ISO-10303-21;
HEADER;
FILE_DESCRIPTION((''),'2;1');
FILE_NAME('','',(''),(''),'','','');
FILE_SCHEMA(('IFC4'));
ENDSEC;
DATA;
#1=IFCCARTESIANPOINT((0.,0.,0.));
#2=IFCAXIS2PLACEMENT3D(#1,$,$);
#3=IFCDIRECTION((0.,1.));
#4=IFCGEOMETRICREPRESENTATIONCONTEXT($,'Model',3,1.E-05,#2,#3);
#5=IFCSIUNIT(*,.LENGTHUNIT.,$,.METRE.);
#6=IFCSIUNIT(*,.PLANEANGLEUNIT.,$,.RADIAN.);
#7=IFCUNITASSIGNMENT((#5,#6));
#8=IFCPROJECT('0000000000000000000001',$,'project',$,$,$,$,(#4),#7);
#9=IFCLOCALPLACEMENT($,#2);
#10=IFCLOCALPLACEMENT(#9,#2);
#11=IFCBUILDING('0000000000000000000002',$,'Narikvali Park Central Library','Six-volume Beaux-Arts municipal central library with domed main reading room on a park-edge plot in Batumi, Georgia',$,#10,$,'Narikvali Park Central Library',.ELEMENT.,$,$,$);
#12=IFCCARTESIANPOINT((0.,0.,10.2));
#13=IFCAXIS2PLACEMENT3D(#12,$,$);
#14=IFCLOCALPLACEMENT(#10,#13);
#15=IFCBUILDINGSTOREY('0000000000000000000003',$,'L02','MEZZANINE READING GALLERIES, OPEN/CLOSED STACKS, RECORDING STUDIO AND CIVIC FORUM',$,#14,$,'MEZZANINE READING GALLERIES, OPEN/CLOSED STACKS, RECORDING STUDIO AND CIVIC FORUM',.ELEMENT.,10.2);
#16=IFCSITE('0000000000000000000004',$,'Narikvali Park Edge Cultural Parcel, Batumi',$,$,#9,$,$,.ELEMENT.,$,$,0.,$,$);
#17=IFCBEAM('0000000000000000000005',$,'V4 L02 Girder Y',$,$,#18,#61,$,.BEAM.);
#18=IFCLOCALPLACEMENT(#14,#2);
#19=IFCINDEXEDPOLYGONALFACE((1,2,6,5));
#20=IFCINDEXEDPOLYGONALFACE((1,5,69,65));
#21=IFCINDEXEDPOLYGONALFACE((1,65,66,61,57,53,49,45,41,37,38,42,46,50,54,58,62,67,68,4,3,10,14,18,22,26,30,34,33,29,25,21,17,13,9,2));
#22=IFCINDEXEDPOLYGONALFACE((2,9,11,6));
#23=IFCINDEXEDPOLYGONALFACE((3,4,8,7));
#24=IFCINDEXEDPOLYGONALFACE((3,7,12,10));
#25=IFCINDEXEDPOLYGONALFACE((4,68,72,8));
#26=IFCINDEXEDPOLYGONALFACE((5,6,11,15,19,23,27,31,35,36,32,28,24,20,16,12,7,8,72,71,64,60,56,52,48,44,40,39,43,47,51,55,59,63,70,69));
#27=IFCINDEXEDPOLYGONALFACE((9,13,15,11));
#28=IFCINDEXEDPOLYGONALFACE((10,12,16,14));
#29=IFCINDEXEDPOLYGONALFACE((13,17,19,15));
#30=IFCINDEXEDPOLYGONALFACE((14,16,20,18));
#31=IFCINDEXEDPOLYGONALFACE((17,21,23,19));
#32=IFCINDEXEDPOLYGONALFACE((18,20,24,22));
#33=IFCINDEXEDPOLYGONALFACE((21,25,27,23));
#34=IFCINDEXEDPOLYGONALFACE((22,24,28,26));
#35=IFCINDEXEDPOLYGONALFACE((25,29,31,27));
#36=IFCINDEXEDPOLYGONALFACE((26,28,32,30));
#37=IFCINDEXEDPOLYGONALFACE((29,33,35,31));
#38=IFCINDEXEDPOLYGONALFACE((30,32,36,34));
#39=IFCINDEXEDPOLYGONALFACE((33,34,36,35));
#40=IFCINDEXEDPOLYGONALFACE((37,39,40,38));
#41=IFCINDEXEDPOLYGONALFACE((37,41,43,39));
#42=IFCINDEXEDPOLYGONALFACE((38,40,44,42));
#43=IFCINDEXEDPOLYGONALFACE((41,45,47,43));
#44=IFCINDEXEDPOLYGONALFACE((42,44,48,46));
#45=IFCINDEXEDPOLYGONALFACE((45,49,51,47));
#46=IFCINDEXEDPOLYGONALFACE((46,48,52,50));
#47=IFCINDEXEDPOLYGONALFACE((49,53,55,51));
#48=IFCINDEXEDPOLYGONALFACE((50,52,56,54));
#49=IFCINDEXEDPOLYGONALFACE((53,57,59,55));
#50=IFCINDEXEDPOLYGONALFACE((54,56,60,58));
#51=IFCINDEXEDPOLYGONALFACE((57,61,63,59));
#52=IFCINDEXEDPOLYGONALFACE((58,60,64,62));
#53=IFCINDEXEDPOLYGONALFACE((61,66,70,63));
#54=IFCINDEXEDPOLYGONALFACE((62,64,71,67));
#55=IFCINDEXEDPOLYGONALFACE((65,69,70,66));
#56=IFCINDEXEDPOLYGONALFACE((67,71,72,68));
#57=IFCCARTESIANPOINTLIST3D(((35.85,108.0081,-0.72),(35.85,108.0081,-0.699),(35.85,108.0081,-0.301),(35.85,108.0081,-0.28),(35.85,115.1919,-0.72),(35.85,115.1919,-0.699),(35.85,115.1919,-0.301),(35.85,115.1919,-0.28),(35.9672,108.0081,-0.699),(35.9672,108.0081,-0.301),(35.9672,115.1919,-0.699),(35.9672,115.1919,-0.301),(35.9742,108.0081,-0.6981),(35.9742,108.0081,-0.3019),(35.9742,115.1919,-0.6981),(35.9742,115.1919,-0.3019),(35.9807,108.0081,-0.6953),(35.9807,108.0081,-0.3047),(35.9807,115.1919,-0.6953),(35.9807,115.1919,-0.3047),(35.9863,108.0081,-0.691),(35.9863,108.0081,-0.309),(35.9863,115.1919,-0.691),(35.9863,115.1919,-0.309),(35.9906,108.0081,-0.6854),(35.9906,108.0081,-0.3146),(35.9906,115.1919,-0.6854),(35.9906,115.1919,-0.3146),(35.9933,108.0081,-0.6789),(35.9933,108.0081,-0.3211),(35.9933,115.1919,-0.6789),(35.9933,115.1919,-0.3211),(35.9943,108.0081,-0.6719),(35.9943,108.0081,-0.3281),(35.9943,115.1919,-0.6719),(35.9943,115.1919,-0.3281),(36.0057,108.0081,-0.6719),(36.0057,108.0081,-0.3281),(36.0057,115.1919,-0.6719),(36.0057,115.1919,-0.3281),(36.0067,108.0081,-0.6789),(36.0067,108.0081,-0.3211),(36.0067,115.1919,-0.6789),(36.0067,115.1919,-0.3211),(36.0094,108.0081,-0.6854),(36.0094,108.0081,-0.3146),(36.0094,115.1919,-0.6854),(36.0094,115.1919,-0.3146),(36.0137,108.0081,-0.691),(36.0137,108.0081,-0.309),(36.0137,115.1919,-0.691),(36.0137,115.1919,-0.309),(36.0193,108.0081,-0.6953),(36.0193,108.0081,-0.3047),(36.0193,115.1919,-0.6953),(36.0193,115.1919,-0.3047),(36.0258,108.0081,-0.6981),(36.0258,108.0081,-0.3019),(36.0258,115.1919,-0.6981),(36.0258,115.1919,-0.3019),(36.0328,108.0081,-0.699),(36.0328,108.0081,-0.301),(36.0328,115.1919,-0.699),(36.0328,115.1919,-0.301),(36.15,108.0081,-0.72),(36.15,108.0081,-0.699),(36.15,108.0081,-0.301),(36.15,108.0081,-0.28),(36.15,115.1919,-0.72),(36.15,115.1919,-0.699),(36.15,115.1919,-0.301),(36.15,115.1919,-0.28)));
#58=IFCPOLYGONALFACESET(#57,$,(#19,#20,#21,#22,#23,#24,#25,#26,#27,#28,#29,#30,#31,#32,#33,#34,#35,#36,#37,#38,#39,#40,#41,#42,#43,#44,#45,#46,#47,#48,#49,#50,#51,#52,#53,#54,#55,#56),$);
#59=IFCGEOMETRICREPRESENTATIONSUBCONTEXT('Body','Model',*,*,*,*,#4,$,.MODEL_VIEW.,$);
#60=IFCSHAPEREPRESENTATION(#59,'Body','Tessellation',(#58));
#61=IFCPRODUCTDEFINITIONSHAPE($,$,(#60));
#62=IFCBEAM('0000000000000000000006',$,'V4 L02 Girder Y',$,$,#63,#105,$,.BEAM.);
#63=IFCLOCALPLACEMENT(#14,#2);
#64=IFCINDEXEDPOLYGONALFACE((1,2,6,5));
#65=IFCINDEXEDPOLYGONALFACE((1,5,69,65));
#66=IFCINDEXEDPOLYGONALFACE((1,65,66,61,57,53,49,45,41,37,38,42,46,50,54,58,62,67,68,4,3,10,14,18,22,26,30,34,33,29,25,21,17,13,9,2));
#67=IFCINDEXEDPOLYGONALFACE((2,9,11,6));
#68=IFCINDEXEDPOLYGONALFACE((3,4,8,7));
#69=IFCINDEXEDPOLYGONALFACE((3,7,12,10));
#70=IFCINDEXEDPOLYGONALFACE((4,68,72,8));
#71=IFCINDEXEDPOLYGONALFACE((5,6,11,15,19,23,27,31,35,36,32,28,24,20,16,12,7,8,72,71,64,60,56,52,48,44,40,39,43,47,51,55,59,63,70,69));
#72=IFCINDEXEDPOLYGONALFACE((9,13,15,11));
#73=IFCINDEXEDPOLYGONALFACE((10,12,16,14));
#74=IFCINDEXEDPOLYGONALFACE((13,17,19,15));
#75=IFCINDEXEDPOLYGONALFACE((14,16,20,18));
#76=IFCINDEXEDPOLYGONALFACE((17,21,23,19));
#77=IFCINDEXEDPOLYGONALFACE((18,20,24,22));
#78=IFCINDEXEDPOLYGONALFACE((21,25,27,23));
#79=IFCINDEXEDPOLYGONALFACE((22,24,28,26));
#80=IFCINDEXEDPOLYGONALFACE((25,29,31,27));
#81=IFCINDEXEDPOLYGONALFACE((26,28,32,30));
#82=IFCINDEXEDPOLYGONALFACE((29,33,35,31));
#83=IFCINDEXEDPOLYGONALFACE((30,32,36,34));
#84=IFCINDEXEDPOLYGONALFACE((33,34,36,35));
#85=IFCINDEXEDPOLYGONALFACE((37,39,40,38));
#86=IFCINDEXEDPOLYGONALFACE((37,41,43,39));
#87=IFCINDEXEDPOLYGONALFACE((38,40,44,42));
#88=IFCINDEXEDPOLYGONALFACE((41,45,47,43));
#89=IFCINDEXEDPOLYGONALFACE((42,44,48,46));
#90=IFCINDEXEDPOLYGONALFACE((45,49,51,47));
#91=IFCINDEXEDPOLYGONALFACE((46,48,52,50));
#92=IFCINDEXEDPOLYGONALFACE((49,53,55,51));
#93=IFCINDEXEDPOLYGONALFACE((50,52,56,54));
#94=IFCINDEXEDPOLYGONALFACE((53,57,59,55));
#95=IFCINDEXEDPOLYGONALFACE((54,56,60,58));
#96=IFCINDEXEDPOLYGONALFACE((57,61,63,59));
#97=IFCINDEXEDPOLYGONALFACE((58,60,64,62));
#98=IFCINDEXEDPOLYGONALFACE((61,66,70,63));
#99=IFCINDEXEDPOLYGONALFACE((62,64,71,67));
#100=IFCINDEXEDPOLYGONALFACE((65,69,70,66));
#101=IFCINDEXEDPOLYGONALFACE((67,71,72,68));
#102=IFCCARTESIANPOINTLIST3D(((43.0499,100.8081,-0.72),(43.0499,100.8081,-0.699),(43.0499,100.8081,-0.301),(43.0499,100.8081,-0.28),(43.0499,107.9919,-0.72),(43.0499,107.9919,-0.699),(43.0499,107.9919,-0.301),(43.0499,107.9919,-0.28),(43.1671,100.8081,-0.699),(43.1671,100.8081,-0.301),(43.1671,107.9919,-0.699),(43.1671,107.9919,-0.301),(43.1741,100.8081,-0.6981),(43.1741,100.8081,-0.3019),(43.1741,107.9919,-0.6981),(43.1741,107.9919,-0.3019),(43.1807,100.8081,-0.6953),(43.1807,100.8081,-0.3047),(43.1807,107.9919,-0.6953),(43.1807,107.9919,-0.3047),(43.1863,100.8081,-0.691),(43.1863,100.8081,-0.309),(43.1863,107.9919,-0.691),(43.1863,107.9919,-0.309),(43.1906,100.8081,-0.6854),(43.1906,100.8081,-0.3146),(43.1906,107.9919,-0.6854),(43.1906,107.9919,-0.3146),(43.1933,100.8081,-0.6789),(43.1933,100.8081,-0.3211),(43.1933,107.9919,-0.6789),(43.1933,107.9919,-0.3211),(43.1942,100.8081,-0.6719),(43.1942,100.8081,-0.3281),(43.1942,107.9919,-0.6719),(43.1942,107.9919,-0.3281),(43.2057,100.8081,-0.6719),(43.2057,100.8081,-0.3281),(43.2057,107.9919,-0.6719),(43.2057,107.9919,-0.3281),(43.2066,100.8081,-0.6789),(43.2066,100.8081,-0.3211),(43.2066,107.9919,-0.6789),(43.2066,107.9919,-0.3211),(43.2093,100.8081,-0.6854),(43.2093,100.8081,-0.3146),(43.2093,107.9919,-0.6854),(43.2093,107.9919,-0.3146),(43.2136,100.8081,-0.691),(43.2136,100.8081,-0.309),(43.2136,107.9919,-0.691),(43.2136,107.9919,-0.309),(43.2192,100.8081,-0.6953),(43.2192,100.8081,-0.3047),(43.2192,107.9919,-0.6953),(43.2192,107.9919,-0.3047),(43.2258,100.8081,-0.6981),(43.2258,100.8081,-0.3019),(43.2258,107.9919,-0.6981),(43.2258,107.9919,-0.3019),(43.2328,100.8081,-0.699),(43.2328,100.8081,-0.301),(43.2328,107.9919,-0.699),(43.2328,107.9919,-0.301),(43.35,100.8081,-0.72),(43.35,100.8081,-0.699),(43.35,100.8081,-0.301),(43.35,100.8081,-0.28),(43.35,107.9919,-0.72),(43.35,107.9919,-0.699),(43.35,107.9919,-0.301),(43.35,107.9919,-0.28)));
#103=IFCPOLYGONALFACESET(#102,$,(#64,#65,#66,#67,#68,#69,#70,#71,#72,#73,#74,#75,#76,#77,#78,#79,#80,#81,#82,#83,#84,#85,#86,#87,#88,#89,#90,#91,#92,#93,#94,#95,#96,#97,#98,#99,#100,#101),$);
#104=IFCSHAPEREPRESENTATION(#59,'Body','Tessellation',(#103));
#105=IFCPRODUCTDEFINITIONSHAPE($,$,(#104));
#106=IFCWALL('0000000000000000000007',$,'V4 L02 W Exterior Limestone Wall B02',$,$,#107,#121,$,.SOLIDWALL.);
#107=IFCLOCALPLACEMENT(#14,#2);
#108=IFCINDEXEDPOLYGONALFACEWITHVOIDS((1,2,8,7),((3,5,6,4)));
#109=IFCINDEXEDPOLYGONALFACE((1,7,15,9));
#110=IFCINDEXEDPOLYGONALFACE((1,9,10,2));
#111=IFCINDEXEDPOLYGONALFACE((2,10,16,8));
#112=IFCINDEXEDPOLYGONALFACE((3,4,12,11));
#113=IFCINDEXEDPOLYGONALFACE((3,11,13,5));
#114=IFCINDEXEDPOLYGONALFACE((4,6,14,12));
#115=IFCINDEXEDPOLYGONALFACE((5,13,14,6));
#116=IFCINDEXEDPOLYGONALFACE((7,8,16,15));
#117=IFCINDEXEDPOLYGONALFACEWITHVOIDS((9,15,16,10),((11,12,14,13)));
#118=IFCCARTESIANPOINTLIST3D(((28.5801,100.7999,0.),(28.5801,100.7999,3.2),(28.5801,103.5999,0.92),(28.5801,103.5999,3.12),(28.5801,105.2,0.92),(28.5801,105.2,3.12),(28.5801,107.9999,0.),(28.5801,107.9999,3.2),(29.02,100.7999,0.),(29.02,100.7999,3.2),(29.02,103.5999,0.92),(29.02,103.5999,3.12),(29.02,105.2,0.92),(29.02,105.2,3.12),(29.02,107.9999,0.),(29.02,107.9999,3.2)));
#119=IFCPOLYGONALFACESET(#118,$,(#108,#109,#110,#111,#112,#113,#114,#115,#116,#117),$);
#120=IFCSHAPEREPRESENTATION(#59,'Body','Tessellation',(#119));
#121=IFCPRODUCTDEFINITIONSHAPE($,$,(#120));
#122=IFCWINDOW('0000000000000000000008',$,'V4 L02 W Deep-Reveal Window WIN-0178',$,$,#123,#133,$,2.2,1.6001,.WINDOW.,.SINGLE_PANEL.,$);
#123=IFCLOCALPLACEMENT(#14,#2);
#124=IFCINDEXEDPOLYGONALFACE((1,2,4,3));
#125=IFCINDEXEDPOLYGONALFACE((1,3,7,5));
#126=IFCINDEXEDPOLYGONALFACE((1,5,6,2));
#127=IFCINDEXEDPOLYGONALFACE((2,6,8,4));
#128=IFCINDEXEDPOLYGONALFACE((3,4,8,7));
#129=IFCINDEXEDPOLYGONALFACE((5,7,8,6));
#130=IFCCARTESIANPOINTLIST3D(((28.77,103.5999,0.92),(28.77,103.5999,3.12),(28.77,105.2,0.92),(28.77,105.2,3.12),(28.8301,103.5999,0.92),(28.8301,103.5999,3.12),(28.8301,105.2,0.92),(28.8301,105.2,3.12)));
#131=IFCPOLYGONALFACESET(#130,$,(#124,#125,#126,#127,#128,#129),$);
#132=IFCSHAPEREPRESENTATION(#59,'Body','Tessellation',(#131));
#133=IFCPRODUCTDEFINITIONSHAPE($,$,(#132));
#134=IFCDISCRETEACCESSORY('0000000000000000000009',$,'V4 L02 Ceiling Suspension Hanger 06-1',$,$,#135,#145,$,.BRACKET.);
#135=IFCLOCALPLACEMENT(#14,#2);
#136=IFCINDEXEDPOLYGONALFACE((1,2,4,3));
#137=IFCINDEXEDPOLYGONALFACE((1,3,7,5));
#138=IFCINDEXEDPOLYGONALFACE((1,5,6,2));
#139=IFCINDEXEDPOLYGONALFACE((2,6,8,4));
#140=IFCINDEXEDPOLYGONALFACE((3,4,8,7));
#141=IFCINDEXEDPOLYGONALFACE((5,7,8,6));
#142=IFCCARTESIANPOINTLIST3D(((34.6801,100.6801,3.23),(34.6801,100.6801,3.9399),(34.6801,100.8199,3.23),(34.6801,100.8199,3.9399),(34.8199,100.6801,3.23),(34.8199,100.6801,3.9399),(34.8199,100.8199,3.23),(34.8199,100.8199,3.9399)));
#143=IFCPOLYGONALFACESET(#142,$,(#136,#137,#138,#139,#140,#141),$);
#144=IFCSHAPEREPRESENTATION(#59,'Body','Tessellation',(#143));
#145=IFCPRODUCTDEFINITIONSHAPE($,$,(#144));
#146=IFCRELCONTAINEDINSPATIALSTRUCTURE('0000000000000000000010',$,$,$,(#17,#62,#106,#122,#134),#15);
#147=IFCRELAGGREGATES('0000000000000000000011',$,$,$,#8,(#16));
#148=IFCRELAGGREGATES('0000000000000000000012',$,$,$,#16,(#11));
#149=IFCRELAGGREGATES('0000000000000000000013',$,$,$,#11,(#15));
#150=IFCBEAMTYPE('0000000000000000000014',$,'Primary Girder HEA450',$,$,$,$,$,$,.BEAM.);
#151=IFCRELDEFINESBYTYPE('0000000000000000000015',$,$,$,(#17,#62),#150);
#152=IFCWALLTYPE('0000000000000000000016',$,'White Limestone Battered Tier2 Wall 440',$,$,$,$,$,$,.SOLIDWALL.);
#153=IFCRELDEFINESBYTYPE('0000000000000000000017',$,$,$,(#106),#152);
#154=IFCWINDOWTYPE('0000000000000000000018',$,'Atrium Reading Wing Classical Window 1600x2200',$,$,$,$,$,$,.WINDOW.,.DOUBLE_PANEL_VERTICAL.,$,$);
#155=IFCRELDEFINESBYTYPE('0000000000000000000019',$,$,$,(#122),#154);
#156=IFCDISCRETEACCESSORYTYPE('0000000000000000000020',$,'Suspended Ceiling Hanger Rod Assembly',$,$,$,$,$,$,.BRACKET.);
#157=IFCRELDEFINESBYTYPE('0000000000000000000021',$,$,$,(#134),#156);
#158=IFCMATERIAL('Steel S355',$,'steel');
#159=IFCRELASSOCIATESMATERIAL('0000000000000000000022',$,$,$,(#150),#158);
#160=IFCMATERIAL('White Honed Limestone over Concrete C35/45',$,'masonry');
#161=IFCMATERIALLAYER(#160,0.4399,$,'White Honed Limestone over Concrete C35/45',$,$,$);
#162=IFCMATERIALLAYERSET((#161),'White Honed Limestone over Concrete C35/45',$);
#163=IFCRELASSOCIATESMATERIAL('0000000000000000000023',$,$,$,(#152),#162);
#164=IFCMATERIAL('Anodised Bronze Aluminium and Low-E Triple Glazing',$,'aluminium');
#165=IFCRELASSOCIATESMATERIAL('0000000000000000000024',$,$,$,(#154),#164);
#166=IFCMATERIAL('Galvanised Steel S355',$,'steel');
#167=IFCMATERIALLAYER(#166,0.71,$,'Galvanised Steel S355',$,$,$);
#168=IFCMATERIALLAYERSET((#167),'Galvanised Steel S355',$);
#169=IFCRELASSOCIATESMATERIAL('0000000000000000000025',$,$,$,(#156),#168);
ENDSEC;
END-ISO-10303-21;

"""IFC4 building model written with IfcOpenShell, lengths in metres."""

from ifc_helpers import new_model, si_unit, direction, frame, frame_2d, origin, origin_2d, place, context, subcontext, project, spatial, rectangle, i_section, extrude, material, layer, layer_set, material_profile, profile_set, type_object, element, fill, save


model = new_model("IFC4")

# Units and contexts
model_context = context("Model", 3, precision=1e-05, world=origin(), true_north=direction((0.0, 1.0)))
body_context = subcontext(model_context, "Body", "Model", "MODEL_VIEW")
ifc_project = project(units=[si_unit("LENGTHUNIT", "METRE"), si_unit("PLANEANGLEUNIT", "RADIAN")], contexts=[model_context])

# Site, building, storey
site_placement = place(None, origin())
site = spatial("IfcSite", under=ifc_project, at=site_placement, Name="Narikvali Park Edge Cultural Parcel, Batumi", CompositionType="ELEMENT", RefElevation=0.0)
building_placement = place(site_placement, origin())
building = spatial("IfcBuilding", under=site, at=building_placement, Name="Narikvali Park Central Library", Description="Six-volume Beaux-Arts municipal central library with domed main reading room on a park-edge plot in Batumi, Georgia", LongName="Narikvali Park Central Library", CompositionType="ELEMENT")
storey_placement = place(building_placement, frame((0.0, 0.0, 10.2)))
storey = spatial("IfcBuildingStorey", under=building, at=storey_placement, Name="L02", Description="MEZZANINE READING GALLERIES, OPEN/CLOSED STACKS, RECORDING STUDIO AND CIVIC FORUM", LongName="MEZZANINE READING GALLERIES, OPEN/CLOSED STACKS, RECORDING STUDIO AND CIVIC FORUM", CompositionType="ELEMENT", Elevation=10.2)

# Shared definitions
ifc_material_1 = material(Name="Steel S355", Category="steel")

# Beams
ifc_material_profile_1 = material_profile(ifc_material_1, i_section(OverallWidth=0.3, OverallDepth=0.4399, WebThickness=0.0115, FlangeThickness=0.021, FilletRadius=0.0271, at=origin_2d()), Name="HEA 450")
ifc_profile_set_1 = profile_set([ifc_material_profile_1], Name="Steel S355")
beam_type_1 = type_object("IfcBeamType", Name="Primary Girder HEA450", PredefinedType="BEAM", material=ifc_profile_set_1)
for number, where, z_axis, x_axis, name in (
    (1, (36.0, 108.0081, -0.5), (0.0, 1.0, 0.0), (-1.0, 0.0, 0.0), "V4 L02 Girder Y"),
    (2, (43.2, 100.8081, -0.5), (0.0, 1.0, 0.0), (-1.0, 0.0, 0.0), "V4 L02 Girder Y"),
):
    element("IfcBeam", number, at=place(storey_placement, frame(where, z_axis=z_axis, x_axis=x_axis)), inside=storey, type_object=beam_type_1, Name=name, PredefinedType="BEAM", context=body_context, shape_type="SweptSolid", body=[
        extrude(i_section(OverallWidth=0.3, OverallDepth=0.4399, WebThickness=0.0115, FlangeThickness=0.021, FilletRadius=0.0271, at=origin_2d()), origin(), (0.0, 0.0, 1.0), 7.1838),
    ])

# Wall, opening, window
ifc_material_2 = material(Name="White Honed Limestone over Concrete C35/45", Category="masonry")
ifc_layer_1 = layer(ifc_material_2, 0.4399, Name="White Honed Limestone over Concrete C35/45")
ifc_layer_set_1 = layer_set([ifc_layer_1], Name="White Honed Limestone over Concrete C35/45")
wall_type = type_object("IfcWallType", Name="White Limestone Battered Tier2 Wall 440", PredefinedType="SOLIDWALL", material=ifc_layer_set_1)
wall_placement = place(storey_placement, frame((28.8, 108.0, 0.0), z_axis=(0.0, 0.0, 1.0), x_axis=(0.0, -1.0, 0.0)))
wall = element("IfcWall", 3, at=wall_placement, inside=storey, type_object=wall_type, Name="V4 L02 W Exterior Limestone Wall B02", PredefinedType="SOLIDWALL", context=body_context, shape_type="SweptSolid", body=[
    extrude(rectangle(XDim=7.2, YDim=0.4399, at=frame_2d((3.6001, 0.0))), origin(), (0.0, 0.0, 1.0), 3.2),
])
opening_placement = place(wall_placement, frame((2.8, 0.0, 0.9199)))
opening = element("IfcOpeningElement", 4, at=opening_placement, cuts=wall, PredefinedType="OPENING", context=body_context, shape_type="SweptSolid", body=[
    extrude(rectangle(XDim=1.6001, YDim=2.2, at=frame_2d((0.8, 1.1001))), frame((0.0, 0.2319, 0.0), z_axis=(0.0, -1.0, 0.0), x_axis=(1.0, 0.0, 0.0)), (0.0, 0.0, 1.0), 0.4639),
])
ifc_material_3 = material(Name="Anodised Bronze Aluminium and Low-E Triple Glazing", Category="aluminium")
window_type = type_object("IfcWindowType", Name="Atrium Reading Wing Classical Window 1600x2200", PartitioningType="DOUBLE_PANEL_VERTICAL", PredefinedType="WINDOW", material=ifc_material_3)
window_placement = place(opening_placement, origin())
window = element("IfcWindow", 5, at=window_placement, inside=storey, type_object=window_type, Name="V4 L02 W Deep-Reveal Window WIN-0178", OverallHeight=2.2, OverallWidth=1.6001, PartitioningType="SINGLE_PANEL", PredefinedType="WINDOW", context=body_context, shape_type="SweptSolid", body=[
    extrude(rectangle(XDim=1.6001, YDim=2.2, at=frame_2d((0.8, 1.1001))), frame((0.0, 0.03, 0.0), z_axis=(0.0, -1.0, 0.0), x_axis=(1.0, 0.0, 0.0)), (0.0, 0.0, 1.0), 0.0601),
])
fill(opening, window)

# Discrete accessory
ifc_material_4 = material(Name="Galvanised Steel S355", Category="steel")
ifc_layer_2 = layer(ifc_material_4, 0.71, Name="Galvanised Steel S355")
ifc_layer_set_2 = layer_set([ifc_layer_2], Name="Galvanised Steel S355")
discrete_accessory_type = type_object("IfcDiscreteAccessoryType", Name="Suspended Ceiling Hanger Rod Assembly", PredefinedType="BRACKET", material=ifc_layer_set_2)
discrete_accessory_placement = place(storey_placement, frame((34.75, 100.75, 3.23), z_axis=(0.0, 0.0, 1.0), x_axis=(1.0, 0.0, 0.0)))
element("IfcDiscreteAccessory", 6, at=discrete_accessory_placement, inside=storey, type_object=discrete_accessory_type, Name="V4 L02 Ceiling Suspension Hanger 06-1", PredefinedType="BRACKET", context=body_context, shape_type="SweptSolid", body=[
    extrude(rectangle(XDim=0.1399, YDim=0.1399, at=origin_2d()), origin(), (0.0, 0.0, 1.0), 0.71),
])

save(model, "model.ifc")
